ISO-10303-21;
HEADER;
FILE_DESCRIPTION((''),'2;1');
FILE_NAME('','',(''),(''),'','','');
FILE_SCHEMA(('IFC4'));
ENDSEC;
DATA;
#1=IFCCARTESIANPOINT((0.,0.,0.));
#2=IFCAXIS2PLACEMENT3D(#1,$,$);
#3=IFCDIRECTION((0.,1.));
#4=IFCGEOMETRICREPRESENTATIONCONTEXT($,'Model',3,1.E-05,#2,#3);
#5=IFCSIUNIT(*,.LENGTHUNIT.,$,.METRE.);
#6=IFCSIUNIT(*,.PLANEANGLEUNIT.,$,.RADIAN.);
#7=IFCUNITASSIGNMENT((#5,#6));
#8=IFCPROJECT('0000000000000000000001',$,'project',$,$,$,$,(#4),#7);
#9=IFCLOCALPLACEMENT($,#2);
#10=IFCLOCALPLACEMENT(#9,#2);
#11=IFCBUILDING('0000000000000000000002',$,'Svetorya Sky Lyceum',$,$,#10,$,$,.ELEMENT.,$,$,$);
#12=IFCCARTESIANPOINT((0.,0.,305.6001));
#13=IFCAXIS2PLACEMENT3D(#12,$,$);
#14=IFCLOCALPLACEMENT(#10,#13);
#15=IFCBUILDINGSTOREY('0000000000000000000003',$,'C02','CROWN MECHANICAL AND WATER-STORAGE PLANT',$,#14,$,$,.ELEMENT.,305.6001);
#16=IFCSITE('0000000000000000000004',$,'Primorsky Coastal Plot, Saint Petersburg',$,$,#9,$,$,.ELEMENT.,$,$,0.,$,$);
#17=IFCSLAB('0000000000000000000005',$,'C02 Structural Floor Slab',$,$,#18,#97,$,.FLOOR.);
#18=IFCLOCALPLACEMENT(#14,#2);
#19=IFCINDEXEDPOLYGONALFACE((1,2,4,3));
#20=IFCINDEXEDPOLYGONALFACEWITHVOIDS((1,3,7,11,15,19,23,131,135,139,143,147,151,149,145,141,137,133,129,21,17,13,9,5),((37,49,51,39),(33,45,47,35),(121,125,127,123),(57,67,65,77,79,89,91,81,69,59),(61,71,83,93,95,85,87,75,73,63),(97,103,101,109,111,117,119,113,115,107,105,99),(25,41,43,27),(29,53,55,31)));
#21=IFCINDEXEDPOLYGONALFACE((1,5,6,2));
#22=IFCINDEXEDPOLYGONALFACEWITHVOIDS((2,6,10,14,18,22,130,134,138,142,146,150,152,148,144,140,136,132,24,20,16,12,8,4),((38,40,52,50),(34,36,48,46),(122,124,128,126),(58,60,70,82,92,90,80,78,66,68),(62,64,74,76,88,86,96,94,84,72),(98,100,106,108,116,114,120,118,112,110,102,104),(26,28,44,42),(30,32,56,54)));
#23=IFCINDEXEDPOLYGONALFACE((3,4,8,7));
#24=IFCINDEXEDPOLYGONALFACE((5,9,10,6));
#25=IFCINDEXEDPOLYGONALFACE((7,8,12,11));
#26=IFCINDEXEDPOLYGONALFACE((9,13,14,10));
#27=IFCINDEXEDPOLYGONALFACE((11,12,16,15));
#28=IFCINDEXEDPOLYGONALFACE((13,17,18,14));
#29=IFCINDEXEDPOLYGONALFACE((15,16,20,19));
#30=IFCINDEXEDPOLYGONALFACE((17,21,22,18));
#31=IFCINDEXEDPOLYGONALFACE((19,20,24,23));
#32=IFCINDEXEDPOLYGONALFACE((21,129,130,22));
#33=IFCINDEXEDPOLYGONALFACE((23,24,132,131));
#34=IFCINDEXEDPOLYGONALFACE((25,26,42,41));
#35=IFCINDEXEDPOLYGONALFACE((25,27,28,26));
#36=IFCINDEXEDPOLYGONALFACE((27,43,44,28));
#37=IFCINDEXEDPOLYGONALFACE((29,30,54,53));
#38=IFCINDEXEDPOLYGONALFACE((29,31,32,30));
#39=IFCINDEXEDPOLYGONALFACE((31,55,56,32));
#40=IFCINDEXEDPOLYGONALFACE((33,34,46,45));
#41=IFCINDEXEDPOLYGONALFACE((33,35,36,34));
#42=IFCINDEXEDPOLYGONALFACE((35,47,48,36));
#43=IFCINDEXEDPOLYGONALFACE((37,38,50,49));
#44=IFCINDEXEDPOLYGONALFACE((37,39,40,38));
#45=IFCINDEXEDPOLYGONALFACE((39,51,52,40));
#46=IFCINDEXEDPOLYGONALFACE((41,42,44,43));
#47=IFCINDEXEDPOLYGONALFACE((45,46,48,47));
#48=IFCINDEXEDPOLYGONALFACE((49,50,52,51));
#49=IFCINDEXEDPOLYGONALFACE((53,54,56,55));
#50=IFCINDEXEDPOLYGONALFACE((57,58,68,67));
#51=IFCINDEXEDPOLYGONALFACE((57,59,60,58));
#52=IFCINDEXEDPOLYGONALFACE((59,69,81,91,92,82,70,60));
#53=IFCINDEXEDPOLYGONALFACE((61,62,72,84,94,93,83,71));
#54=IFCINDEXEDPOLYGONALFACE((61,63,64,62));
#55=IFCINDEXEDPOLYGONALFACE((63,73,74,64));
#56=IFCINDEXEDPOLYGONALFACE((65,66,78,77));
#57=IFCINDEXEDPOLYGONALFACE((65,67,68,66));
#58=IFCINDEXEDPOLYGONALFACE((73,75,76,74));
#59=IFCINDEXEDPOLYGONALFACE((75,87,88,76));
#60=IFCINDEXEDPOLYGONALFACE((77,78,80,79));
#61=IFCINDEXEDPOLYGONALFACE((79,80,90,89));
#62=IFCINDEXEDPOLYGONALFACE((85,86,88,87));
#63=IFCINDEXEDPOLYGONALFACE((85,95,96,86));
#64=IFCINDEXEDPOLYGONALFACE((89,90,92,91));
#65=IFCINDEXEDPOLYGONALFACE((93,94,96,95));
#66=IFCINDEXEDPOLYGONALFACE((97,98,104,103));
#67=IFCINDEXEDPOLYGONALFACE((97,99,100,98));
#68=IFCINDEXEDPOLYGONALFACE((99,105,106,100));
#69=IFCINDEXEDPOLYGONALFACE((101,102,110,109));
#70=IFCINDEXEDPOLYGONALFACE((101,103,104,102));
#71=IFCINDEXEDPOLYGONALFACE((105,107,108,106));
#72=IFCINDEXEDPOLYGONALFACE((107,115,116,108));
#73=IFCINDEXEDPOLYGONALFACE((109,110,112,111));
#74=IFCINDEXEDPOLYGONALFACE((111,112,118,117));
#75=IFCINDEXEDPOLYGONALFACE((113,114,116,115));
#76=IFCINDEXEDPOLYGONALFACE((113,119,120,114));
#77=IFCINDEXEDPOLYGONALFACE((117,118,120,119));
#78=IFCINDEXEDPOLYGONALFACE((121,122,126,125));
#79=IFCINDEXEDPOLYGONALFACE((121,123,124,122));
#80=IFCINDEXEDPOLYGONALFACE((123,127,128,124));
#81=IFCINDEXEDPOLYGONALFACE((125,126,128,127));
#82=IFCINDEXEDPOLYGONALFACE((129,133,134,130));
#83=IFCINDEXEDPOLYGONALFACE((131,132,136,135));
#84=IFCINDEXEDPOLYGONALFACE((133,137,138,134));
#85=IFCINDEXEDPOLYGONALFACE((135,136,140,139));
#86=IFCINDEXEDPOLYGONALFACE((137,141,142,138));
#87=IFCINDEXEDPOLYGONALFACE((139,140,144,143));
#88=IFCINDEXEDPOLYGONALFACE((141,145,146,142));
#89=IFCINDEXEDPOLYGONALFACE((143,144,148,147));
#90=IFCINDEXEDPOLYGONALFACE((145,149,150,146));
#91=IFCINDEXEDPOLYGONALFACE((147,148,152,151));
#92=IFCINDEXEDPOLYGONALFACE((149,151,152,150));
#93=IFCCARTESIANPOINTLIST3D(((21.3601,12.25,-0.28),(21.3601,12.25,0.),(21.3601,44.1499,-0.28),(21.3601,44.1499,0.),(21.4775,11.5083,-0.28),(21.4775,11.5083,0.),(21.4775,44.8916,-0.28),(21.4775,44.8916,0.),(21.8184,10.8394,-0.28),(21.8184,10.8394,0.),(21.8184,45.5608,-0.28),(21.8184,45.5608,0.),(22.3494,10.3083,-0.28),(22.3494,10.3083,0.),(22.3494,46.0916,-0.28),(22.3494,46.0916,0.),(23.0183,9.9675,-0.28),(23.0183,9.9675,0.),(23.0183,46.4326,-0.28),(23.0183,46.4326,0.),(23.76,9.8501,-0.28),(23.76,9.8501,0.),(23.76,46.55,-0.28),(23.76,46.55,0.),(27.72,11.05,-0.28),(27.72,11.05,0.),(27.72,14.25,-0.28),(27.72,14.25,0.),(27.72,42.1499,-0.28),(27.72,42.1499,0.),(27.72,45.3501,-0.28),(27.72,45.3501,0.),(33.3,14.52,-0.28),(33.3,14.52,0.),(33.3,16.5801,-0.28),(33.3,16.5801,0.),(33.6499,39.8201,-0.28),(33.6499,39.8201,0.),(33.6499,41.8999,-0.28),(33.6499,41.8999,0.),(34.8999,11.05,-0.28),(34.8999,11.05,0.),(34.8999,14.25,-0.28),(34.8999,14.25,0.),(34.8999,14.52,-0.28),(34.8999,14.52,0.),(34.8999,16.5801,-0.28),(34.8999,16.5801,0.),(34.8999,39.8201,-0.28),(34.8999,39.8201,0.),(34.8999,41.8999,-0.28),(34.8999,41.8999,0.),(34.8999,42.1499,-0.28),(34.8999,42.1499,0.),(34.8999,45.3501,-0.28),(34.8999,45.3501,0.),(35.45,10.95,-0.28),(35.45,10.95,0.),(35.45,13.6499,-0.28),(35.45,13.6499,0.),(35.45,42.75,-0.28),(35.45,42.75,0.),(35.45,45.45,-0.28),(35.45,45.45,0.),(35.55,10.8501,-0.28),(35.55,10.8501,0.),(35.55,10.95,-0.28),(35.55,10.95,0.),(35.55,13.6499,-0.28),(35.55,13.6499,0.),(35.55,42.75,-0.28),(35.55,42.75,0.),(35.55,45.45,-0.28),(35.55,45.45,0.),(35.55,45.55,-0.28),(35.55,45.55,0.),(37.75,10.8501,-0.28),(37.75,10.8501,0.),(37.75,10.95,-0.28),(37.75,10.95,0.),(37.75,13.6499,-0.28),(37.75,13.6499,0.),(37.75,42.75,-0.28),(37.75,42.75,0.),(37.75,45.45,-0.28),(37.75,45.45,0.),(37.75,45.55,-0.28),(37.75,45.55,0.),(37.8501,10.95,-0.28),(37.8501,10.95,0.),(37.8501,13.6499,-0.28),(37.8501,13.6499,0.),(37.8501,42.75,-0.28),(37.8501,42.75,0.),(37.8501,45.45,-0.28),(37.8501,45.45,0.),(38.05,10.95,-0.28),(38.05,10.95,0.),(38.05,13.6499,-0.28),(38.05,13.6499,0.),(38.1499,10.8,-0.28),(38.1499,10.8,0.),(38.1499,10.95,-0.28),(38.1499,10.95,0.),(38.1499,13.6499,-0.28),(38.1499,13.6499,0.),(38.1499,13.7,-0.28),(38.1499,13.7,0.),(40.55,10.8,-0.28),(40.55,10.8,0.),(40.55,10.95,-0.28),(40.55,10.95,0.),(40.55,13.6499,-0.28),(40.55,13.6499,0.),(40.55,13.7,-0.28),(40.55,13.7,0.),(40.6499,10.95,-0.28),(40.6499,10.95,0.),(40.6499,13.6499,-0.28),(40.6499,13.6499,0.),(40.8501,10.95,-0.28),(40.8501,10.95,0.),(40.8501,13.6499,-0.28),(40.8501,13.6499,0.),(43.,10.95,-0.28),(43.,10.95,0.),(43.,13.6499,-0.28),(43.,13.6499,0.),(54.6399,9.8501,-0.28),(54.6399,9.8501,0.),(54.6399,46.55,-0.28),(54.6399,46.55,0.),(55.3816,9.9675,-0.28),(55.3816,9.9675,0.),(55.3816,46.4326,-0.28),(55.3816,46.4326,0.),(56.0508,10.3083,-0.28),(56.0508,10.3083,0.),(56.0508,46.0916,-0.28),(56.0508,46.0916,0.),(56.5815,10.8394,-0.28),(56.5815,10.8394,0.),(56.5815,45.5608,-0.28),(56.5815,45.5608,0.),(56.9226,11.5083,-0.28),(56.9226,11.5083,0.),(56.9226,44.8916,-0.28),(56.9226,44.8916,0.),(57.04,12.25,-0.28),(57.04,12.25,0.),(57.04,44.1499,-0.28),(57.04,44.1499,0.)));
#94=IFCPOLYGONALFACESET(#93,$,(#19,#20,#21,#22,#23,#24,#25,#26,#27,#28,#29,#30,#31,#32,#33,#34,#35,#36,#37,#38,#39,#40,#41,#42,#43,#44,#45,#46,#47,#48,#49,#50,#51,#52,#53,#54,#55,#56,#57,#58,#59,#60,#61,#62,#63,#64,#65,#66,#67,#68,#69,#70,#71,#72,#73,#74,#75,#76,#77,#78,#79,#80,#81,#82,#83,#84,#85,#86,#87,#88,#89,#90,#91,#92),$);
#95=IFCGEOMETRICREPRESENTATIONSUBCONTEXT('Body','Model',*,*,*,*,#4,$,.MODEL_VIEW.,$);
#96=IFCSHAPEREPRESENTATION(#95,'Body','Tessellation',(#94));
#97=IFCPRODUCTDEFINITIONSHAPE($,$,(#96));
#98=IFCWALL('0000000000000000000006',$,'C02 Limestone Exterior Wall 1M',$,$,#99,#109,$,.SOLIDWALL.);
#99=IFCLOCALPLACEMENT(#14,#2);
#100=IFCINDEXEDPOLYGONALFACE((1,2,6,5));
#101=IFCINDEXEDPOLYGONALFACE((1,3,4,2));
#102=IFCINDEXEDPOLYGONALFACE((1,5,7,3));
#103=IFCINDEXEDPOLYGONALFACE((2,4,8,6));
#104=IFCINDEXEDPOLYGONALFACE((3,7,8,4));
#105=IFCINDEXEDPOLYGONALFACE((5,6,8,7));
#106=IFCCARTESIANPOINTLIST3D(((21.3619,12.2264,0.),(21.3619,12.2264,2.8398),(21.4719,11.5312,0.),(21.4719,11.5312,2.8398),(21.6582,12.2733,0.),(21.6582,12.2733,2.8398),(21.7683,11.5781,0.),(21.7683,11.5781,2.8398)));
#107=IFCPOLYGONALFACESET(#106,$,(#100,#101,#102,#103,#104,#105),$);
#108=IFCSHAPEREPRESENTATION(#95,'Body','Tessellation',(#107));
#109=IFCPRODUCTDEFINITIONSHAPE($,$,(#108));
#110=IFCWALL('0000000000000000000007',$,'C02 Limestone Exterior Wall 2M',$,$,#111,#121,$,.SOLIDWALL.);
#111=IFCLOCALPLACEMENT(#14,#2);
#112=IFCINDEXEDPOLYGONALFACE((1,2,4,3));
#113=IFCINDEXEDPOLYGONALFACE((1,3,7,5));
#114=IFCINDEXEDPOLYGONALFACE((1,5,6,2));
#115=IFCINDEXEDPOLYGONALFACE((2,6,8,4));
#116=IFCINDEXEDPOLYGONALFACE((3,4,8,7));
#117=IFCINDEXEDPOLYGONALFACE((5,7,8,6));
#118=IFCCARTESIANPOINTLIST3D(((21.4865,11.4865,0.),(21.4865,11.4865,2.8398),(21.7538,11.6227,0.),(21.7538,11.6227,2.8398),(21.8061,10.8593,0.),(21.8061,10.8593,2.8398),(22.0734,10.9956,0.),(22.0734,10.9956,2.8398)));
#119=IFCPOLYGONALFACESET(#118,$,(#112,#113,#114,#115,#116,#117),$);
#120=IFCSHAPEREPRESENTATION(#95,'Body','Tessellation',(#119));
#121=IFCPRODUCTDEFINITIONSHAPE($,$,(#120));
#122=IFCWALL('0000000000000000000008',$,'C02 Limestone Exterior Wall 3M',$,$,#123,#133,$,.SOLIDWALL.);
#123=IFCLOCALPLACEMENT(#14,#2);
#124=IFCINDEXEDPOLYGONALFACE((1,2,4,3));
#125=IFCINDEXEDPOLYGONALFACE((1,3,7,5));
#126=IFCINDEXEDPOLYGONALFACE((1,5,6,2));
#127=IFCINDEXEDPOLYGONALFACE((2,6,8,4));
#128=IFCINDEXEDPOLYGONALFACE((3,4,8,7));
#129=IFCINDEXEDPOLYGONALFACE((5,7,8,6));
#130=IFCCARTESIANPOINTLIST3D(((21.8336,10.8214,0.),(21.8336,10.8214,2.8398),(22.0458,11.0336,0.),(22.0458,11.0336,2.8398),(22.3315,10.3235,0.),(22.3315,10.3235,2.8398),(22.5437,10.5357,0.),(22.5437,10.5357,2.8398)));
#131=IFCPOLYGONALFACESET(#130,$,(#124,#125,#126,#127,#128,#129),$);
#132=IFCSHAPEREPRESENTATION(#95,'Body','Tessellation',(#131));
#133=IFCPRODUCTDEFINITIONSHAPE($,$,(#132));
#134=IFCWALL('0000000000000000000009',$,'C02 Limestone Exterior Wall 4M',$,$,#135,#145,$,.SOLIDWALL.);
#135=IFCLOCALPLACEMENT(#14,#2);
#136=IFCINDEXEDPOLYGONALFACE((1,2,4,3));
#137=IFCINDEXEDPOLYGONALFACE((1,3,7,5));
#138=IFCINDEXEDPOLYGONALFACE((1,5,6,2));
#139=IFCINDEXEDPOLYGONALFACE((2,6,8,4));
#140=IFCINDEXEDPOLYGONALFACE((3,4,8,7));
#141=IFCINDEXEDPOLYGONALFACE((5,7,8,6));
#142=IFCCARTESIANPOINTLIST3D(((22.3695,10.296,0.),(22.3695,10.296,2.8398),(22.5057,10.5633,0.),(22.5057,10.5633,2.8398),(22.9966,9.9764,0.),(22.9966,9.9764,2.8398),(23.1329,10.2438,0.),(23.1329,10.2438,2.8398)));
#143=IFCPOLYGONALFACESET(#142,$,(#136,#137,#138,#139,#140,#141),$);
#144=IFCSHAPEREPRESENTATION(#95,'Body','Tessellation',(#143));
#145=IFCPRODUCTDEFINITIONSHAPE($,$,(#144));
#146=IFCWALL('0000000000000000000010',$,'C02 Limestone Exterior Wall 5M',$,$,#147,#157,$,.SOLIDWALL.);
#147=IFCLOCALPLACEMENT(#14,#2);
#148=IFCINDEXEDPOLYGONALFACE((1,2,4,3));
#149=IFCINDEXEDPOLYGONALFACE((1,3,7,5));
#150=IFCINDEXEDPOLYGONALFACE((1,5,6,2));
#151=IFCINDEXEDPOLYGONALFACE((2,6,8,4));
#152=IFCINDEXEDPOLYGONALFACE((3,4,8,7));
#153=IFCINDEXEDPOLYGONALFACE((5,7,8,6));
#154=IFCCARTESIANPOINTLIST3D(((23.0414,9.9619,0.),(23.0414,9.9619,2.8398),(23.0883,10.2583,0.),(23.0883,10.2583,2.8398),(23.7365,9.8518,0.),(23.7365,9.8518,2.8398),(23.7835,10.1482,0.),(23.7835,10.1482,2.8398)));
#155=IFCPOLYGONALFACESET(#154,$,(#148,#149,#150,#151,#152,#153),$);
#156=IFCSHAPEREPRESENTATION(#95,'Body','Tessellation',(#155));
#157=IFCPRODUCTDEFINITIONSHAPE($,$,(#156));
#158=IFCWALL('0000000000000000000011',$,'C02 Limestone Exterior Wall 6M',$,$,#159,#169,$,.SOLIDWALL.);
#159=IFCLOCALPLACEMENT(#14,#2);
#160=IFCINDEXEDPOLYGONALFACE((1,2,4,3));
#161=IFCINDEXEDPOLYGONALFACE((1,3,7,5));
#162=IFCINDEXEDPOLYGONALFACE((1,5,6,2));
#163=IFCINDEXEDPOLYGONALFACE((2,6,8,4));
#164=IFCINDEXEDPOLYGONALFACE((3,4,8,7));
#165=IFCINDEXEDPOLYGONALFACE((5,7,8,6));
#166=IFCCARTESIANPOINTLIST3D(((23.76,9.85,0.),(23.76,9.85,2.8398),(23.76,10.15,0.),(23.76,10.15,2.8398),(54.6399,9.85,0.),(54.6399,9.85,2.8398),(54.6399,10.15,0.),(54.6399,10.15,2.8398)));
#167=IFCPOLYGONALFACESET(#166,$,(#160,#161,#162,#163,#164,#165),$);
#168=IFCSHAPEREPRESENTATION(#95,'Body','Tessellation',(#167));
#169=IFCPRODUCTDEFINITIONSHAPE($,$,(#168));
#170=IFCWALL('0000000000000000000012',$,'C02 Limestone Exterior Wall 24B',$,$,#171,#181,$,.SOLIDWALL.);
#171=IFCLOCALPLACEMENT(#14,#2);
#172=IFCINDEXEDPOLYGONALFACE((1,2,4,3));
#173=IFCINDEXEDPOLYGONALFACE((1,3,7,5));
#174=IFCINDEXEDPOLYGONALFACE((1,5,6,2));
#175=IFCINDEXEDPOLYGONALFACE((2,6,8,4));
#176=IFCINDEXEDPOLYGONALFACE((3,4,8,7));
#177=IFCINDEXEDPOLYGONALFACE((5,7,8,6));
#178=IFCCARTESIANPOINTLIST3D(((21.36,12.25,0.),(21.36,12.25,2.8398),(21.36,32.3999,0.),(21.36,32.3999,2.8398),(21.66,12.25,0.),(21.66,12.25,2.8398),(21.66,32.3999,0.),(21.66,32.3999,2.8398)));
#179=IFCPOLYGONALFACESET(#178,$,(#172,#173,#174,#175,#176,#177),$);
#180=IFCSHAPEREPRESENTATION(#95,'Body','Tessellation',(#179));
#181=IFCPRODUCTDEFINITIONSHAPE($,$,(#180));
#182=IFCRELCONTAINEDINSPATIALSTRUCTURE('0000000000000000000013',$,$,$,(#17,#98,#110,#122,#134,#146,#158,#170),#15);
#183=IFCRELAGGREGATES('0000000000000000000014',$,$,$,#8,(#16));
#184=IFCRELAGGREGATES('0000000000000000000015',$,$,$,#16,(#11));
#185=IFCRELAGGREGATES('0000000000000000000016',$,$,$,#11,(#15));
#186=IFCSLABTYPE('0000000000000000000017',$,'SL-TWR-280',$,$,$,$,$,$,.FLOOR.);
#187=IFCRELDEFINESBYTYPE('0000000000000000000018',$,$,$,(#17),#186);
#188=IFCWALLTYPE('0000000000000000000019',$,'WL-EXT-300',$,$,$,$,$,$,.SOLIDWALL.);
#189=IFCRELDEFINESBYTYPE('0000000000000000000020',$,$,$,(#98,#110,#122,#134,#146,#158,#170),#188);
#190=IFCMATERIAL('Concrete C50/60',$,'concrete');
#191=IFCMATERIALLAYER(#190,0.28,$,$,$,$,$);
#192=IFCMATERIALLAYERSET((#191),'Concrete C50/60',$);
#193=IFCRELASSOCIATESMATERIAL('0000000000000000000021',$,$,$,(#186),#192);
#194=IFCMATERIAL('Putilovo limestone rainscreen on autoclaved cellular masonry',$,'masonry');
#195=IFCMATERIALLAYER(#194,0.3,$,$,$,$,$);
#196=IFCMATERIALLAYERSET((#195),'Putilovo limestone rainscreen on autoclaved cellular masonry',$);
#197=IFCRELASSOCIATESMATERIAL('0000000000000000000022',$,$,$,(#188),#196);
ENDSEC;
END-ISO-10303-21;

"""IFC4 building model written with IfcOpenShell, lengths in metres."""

from ifc_helpers import new_model, si_unit, direction, frame, frame_2d, origin, place, context, subcontext, project, spatial, polyline, rectangle, outline, extrude, material, layer, layer_set, type_object, element, save


model = new_model("IFC4")

# Units and contexts
model_context = context("Model", 3, precision=1e-05, world=origin(), true_north=direction((0.0, 1.0)))
body_context = subcontext(model_context, "Body", "Model", "MODEL_VIEW")
ifc_project = project(units=[si_unit("LENGTHUNIT", "METRE"), si_unit("PLANEANGLEUNIT", "RADIAN")], contexts=[model_context])

# Site, building, storey
site_placement = place(None, origin())
site = spatial("IfcSite", under=ifc_project, at=site_placement, Name="Primorsky Coastal Plot, Saint Petersburg", CompositionType="ELEMENT", RefElevation=0.0)
building_placement = place(site_placement, origin())
building = spatial("IfcBuilding", under=site, at=building_placement, Name="Svetorya Sky Lyceum", CompositionType="ELEMENT")
storey_placement = place(building_placement, frame((0.0, 0.0, 305.6001)))
storey = spatial("IfcBuildingStorey", under=building, at=storey_placement, Name="C02", Description="CROWN MECHANICAL AND WATER-STORAGE PLANT", CompositionType="ELEMENT", Elevation=305.6001)

# Slab
ifc_material_1 = material(Name="Concrete C50/60", Category="concrete")
ifc_layer_1 = layer(ifc_material_1, 0.28)
ifc_layer_set_1 = layer_set([ifc_layer_1], Name="Concrete C50/60")
slab_type_1 = type_object("IfcSlabType", Name="SL-TWR-280", PredefinedType="FLOOR", material=ifc_layer_set_1)
slab_1_placement = place(storey_placement, frame((0.0, 0.0, -0.28)))
element("IfcSlab", 1, at=slab_1_placement, inside=storey, type_object=slab_type_1, Name="C02 Structural Floor Slab", PredefinedType="FLOOR", context=body_context, shape_type="SweptSolid", body=[
    extrude(outline(polyline([(21.3601, 12.25), (21.4775, 11.5083), (21.8184, 10.8394), (22.3494, 10.3083), (23.0183, 9.9675), (23.76, 9.8501), (54.6399, 9.8501), (55.3816, 9.9675), (56.0508, 10.3083), (56.5815, 10.8394), (56.9226, 11.5083), (57.04, 12.25), (57.04, 44.1499), (56.9226, 44.8916), (56.5815, 45.5608), (56.0508, 46.0916), (55.3816, 46.4326), (54.6399, 46.55), (23.76, 46.55), (23.0183, 46.4326), (22.3494, 46.0916), (21.8184, 45.5608), (21.4775, 44.8916), (21.3601, 44.1499), (21.3601, 12.25)]), holes=[polyline([(37.75, 10.8501), (35.55, 10.8501), (35.55, 10.95), (35.45, 10.95), (35.45, 13.6499), (35.55, 13.6499), (37.75, 13.6499), (37.8501, 13.6499), (37.8501, 10.95), (37.75, 10.95), (37.75, 10.8501)]), polyline([(34.8999, 11.05), (27.72, 11.05), (27.72, 14.25), (34.8999, 14.25), (34.8999, 11.05)]), polyline([(34.8999, 14.52), (33.3, 14.52), (33.3, 16.5801), (34.8999, 16.5801), (34.8999, 14.52)]), polyline([(33.6499, 39.8201), (33.6499, 41.8999), (34.8999, 41.8999), (34.8999, 39.8201), (33.6499, 39.8201)]), polyline([(27.72, 42.1499), (27.72, 45.3501), (34.8999, 45.3501), (34.8999, 42.1499), (27.72, 42.1499)]), polyline([(37.75, 45.45), (37.8501, 45.45), (37.8501, 42.75), (37.75, 42.75), (35.55, 42.75), (35.45, 42.75), (35.45, 45.45), (35.55, 45.45), (35.55, 45.55), (37.75, 45.55), (37.75, 45.45)]), polyline([(40.6499, 13.6499), (40.6499, 10.95), (40.55, 10.95), (40.55, 10.8), (38.1499, 10.8), (38.1499, 10.95), (38.05, 10.95), (38.05, 13.6499), (38.1499, 13.6499), (38.1499, 13.7), (40.55, 13.7), (40.55, 13.6499), (40.6499, 13.6499)]), polyline([(40.8501, 10.95), (40.8501, 13.6499), (43.0, 13.6499), (43.0, 10.95), (40.8501, 10.95)])]), origin(), (0.0, 0.0, 1.0), 0.28),
])

# Walls
ifc_material_2 = material(Name="Putilovo limestone rainscreen on autoclaved cellular masonry", Category="masonry")
ifc_layer_2 = layer(ifc_material_2, 0.3)
ifc_layer_set_2 = layer_set([ifc_layer_2], Name="Putilovo limestone rainscreen on autoclaved cellular masonry")
wall_type_1 = type_object("IfcWallType", Name="WL-EXT-300", PredefinedType="SOLIDWALL", material=ifc_layer_set_2)
for number, where, z_axis, x_axis, name in (
    (2, (21.51, 12.25, 0.0), (0.0, 0.0, 1.0), (0.156408, -0.987693, 0.0), "C02 Limestone Exterior Wall 1M"),
    (3, (21.6201, 11.5547, 0.0), (0.0, 0.0, 1.0), (0.453999, -0.891002, 0.0), "C02 Limestone Exterior Wall 2M"),
):
    element("IfcWall", number, at=place(storey_placement, frame(where, z_axis=z_axis, x_axis=x_axis)), inside=storey, type_object=wall_type_1, Name=name, PredefinedType="SOLIDWALL", context=body_context, shape_type="SweptSolid", body=[
        extrude(rectangle(XDim=0.7039, YDim=0.3, at=frame_2d((0.3521, 0.0))), origin(), (0.0, 0.0, 1.0), 2.8398),
    ])
wall_1_placement = place(storey_placement, frame((21.9397, 10.9275, 0.0), z_axis=(0.0, 0.0, 1.0), x_axis=(0.707107, -0.707107, 0.0)))
element("IfcWall", 4, at=wall_1_placement, inside=storey, type_object=wall_type_1, Name="C02 Limestone Exterior Wall 3M", PredefinedType="SOLIDWALL", context=body_context, shape_type="SweptSolid", body=[
    extrude(rectangle(XDim=0.7041, YDim=0.3, at=frame_2d((0.3521, 0.0))), origin(), (0.0, 0.0, 1.0), 2.8398),
])
for number, where, z_axis, x_axis, name in (
    (5, (22.4375, 10.4297, 0.0), (0.0, 0.0, 1.0), (0.891002, -0.453999, 0.0), "C02 Limestone Exterior Wall 4M"),
    (6, (23.0647, 10.1101, 0.0), (0.0, 0.0, 1.0), (0.987693, -0.156408, 0.0), "C02 Limestone Exterior Wall 5M"),
):
    element("IfcWall", number, at=place(storey_placement, frame(where, z_axis=z_axis, x_axis=x_axis)), inside=storey, type_object=wall_type_1, Name=name, PredefinedType="SOLIDWALL", context=body_context, shape_type="SweptSolid", body=[
        extrude(rectangle(XDim=0.7039, YDim=0.3, at=frame_2d((0.3521, 0.0))), origin(), (0.0, 0.0, 1.0), 2.8398),
    ])
wall_2_placement = place(storey_placement, frame((23.76, 10.0, 0.0), z_axis=(0.0, 0.0, 1.0), x_axis=(1.0, 0.0, 0.0)))
element("IfcWall", 7, at=wall_2_placement, inside=storey, type_object=wall_type_1, Name="C02 Limestone Exterior Wall 6M", PredefinedType="SOLIDWALL", context=body_context, shape_type="SweptSolid", body=[
    extrude(rectangle(XDim=30.8799, YDim=0.3, at=frame_2d((15.4399, 0.0))), origin(), (0.0, 0.0, 1.0), 2.8398),
])
wall_3_placement = place(storey_placement, frame((21.51, 32.3999, 0.0), z_axis=(0.0, 0.0, 1.0), x_axis=(0.0, -1.0, 0.0)))
element("IfcWall", 8, at=wall_3_placement, inside=storey, type_object=wall_type_1, Name="C02 Limestone Exterior Wall 24B", PredefinedType="SOLIDWALL", context=body_context, shape_type="SweptSolid", body=[
    extrude(rectangle(XDim=20.1499, YDim=0.3, at=frame_2d((10.075, 0.0))), origin(), (0.0, 0.0, 1.0), 2.8398),
])

save(model, "model.ifc")
